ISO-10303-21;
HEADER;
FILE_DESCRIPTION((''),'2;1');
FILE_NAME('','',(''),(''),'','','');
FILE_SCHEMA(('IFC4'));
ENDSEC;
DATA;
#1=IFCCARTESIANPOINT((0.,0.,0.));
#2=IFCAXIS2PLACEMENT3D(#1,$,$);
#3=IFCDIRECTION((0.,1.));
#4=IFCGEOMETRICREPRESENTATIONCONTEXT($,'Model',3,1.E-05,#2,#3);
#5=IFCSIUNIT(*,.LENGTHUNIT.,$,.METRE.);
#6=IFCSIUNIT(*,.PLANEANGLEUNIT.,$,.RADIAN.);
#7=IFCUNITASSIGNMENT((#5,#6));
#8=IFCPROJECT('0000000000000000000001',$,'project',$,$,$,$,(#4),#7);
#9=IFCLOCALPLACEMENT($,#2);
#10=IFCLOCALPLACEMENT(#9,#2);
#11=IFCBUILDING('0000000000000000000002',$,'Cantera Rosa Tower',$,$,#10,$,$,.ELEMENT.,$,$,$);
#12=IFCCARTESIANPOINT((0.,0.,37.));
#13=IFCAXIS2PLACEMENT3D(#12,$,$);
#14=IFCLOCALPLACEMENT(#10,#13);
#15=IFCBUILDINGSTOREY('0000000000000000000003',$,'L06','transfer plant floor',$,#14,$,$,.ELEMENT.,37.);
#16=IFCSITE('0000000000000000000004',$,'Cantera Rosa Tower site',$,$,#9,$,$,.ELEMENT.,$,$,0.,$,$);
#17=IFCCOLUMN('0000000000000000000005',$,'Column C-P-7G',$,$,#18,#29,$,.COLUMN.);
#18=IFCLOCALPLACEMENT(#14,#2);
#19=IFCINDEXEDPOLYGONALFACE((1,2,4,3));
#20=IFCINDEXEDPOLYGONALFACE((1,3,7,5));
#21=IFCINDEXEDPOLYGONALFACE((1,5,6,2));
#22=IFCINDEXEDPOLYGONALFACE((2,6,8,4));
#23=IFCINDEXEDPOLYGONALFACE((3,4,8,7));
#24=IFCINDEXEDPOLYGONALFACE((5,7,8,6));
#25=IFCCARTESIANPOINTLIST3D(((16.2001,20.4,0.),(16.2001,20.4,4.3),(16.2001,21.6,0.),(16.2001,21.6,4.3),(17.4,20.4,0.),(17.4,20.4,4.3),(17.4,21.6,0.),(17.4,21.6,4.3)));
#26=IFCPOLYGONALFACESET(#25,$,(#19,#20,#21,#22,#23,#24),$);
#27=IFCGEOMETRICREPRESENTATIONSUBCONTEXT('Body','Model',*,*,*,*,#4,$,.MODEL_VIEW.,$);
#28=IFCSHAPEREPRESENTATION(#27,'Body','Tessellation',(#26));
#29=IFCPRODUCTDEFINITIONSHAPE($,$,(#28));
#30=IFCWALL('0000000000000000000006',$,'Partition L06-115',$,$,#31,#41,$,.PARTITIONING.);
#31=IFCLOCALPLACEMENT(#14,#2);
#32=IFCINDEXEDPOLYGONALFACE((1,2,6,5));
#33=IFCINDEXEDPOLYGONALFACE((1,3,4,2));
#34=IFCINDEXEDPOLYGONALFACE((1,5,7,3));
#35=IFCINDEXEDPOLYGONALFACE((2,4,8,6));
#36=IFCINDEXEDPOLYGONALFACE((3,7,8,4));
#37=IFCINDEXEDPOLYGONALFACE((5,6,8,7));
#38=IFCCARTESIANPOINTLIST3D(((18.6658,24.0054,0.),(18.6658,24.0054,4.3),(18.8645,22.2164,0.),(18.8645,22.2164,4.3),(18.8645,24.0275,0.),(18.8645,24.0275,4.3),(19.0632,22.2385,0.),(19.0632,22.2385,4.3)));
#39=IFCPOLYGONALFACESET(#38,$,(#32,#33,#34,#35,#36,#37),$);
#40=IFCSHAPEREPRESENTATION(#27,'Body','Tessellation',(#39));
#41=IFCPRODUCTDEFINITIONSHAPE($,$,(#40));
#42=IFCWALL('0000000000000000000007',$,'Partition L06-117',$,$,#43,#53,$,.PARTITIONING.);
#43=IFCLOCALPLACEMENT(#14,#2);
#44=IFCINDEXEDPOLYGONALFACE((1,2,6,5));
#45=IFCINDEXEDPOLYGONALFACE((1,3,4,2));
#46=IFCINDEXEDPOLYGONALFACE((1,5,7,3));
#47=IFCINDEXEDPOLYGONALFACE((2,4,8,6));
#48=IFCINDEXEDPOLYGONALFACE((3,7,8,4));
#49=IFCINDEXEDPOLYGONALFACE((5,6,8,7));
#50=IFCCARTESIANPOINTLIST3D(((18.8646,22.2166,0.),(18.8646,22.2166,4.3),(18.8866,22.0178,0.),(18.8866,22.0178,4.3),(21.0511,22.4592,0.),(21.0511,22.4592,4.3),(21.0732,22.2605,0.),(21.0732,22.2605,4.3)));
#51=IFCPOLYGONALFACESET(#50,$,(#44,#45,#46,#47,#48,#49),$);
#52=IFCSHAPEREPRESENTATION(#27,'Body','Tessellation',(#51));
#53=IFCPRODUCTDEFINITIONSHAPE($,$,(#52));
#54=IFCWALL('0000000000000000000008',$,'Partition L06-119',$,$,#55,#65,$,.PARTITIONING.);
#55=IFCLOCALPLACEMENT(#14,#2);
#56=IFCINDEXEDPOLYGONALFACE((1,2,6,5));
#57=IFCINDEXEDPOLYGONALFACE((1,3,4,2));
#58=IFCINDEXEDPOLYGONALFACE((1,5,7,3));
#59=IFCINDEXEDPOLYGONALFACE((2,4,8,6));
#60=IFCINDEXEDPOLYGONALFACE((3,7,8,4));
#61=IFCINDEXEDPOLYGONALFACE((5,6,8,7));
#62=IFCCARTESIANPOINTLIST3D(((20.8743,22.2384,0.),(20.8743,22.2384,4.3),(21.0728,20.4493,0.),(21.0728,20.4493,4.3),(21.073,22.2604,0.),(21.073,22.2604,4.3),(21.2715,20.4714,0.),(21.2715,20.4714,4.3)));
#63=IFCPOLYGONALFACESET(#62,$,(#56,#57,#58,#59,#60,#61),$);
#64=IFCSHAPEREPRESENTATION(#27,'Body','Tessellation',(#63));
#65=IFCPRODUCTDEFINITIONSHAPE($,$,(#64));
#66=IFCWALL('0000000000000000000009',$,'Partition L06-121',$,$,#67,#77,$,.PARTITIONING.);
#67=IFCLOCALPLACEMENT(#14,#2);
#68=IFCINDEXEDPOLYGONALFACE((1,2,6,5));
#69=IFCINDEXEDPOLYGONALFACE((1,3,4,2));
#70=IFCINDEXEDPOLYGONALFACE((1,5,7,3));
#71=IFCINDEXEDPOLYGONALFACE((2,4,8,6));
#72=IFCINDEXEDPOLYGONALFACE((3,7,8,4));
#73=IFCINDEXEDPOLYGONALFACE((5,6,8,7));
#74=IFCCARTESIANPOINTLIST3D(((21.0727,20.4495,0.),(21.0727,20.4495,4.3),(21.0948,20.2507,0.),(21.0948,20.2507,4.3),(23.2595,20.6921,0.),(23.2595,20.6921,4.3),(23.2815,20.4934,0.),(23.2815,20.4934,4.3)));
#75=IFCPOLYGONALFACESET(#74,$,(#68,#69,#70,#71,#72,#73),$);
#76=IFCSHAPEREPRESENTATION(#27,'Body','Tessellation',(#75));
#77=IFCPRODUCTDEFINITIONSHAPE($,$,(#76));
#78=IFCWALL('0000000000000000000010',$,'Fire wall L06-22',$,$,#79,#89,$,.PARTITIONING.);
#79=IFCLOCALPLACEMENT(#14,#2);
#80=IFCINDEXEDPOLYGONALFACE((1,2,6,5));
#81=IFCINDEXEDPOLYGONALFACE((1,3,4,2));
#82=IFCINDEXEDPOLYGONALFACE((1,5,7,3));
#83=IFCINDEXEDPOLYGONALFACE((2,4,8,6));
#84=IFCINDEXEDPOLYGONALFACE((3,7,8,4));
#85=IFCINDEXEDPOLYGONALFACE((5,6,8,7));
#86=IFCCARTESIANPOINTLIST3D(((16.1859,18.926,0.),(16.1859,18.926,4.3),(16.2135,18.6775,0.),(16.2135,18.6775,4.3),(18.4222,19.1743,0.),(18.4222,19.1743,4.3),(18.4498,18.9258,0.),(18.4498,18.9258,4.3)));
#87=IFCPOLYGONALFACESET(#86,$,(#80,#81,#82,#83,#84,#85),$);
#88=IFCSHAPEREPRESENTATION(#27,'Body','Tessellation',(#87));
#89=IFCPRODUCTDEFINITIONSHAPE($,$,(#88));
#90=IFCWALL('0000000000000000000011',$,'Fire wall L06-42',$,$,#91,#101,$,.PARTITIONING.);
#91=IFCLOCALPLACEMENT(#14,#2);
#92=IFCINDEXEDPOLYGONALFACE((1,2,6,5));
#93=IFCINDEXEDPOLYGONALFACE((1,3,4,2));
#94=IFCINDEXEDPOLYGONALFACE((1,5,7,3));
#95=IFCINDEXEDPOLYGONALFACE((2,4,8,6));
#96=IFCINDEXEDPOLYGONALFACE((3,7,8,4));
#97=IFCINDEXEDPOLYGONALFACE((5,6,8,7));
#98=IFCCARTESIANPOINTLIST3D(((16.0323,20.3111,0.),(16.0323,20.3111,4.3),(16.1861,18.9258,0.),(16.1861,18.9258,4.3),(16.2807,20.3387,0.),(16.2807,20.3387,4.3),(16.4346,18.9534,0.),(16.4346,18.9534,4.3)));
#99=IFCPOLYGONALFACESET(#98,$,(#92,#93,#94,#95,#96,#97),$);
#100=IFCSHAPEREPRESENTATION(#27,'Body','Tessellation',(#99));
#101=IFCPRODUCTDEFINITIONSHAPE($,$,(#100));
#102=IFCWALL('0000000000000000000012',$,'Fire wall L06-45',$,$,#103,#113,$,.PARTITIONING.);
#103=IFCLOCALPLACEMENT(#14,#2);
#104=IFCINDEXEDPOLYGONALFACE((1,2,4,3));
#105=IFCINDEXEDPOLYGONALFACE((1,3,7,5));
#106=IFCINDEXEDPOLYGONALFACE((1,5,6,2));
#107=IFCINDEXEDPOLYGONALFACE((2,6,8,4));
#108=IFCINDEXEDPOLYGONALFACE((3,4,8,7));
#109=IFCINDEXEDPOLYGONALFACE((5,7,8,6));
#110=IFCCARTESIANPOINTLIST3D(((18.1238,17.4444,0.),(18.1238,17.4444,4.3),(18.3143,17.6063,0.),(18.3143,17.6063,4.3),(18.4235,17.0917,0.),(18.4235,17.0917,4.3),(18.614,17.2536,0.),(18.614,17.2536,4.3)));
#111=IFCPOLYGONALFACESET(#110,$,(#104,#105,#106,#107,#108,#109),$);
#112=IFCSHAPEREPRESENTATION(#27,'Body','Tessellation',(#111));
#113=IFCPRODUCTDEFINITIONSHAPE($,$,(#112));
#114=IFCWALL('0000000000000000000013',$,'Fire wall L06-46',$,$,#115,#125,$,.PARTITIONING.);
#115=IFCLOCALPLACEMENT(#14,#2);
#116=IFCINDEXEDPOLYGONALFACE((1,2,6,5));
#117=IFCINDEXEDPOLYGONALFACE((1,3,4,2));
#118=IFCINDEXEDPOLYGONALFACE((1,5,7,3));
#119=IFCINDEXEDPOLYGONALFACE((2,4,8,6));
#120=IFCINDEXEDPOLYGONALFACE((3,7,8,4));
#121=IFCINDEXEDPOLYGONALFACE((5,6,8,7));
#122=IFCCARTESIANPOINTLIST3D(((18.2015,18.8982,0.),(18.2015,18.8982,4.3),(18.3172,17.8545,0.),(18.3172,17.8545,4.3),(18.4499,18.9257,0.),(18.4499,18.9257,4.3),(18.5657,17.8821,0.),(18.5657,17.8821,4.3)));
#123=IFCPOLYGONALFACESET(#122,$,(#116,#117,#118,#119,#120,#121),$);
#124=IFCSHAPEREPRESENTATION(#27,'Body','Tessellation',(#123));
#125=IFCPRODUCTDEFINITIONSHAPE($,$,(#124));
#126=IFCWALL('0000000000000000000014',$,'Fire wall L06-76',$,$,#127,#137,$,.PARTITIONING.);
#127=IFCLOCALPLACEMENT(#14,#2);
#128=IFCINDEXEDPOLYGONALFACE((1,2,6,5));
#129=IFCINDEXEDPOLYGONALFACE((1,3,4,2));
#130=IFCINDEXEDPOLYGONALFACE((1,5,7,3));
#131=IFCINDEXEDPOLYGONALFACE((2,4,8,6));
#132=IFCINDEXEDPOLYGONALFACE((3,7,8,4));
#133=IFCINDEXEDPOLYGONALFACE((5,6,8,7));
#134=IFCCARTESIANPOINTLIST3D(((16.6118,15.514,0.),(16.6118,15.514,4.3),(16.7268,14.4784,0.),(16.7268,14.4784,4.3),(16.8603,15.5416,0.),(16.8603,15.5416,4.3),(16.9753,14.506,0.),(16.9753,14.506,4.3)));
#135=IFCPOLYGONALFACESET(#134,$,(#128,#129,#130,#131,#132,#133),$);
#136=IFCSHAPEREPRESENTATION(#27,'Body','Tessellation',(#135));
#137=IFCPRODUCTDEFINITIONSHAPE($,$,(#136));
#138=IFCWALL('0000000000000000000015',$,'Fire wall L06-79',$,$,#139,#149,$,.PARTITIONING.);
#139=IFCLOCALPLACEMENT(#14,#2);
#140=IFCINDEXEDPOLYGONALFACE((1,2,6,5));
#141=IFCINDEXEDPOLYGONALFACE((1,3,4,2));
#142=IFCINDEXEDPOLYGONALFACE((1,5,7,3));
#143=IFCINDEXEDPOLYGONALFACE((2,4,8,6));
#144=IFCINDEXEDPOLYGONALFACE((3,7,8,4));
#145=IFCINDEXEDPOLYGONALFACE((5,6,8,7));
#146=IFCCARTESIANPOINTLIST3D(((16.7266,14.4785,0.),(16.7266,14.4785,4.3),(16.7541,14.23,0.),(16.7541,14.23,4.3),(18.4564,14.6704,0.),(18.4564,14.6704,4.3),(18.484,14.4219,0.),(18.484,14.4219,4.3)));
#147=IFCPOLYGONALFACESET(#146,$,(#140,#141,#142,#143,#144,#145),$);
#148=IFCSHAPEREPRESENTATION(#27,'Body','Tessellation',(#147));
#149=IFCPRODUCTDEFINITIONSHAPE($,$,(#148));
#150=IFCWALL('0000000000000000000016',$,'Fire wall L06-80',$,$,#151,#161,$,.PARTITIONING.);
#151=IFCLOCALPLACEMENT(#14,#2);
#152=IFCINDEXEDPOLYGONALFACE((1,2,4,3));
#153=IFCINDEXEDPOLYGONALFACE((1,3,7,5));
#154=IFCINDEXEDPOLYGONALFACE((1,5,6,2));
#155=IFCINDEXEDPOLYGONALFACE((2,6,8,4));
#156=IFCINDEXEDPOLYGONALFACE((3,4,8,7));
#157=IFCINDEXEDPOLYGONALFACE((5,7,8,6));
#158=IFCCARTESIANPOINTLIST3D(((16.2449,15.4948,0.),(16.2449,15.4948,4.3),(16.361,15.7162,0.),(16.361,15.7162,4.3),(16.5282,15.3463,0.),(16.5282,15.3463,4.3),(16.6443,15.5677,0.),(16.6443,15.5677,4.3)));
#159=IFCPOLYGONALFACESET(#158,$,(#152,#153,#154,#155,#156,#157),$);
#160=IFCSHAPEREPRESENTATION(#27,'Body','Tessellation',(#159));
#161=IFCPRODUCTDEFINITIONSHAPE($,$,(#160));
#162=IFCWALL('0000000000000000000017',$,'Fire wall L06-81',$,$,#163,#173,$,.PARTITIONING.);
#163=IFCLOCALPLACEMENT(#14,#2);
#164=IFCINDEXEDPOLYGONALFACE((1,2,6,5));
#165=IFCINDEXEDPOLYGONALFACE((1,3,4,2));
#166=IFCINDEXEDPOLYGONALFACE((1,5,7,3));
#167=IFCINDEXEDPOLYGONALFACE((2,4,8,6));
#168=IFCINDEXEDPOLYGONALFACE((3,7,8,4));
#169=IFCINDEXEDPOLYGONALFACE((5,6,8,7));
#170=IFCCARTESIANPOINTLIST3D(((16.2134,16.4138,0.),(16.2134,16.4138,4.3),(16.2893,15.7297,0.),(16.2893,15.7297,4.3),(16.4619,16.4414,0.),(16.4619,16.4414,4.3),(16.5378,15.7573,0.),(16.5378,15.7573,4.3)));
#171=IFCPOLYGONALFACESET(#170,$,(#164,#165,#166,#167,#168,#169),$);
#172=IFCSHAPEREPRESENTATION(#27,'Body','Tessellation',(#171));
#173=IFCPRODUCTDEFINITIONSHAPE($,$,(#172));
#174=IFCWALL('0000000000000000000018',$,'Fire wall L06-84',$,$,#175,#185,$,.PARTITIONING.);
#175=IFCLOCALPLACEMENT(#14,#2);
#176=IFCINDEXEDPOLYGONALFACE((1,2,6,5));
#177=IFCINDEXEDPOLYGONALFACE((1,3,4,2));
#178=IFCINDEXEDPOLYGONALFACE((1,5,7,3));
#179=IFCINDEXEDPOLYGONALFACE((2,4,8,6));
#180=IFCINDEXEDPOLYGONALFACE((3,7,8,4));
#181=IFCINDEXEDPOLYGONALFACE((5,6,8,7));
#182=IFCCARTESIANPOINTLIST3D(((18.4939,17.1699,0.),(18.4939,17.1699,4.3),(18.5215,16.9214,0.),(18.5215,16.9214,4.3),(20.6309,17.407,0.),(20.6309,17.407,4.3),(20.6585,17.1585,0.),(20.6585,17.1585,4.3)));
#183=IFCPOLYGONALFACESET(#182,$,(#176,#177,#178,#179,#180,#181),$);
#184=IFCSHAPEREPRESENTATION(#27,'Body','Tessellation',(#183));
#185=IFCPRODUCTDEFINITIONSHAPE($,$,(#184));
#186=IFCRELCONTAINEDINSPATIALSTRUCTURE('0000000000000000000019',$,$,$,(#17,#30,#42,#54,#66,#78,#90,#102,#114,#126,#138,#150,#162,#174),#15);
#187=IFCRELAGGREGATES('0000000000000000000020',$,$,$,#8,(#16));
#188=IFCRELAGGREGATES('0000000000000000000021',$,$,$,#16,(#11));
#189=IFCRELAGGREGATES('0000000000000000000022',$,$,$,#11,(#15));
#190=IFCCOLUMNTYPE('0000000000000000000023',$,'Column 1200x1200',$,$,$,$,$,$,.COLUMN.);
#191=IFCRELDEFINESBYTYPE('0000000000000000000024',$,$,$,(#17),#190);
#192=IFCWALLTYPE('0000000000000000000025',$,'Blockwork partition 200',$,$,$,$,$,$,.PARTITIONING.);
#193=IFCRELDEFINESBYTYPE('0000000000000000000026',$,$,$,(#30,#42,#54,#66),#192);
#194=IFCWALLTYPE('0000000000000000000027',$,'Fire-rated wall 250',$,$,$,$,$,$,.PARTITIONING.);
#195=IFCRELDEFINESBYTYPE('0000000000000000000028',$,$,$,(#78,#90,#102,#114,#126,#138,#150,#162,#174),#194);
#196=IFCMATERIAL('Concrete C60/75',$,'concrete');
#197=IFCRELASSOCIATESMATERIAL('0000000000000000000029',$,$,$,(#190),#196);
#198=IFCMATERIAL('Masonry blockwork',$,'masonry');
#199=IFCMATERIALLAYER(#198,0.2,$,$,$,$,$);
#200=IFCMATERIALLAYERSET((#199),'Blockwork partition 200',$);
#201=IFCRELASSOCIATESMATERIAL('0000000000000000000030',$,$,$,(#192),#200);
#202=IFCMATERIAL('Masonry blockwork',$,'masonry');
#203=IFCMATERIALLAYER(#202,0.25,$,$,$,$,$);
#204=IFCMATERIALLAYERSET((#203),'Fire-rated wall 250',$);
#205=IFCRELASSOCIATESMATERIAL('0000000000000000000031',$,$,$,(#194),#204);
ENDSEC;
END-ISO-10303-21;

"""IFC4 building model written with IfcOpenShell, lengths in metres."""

from ifc_helpers import new_model, si_unit, direction, frame, frame_2d, origin, origin_2d, place, context, subcontext, project, spatial, rectangle, extrude, material, layer, layer_set, material_profile, profile_set, type_object, element, save


model = new_model("IFC4")

# Units and contexts
model_context = context("Model", 3, precision=1e-05, world=origin(), true_north=direction((0.0, 1.0)))
body_context = subcontext(model_context, "Body", "Model", "MODEL_VIEW")
ifc_project = project(units=[si_unit("LENGTHUNIT", "METRE"), si_unit("PLANEANGLEUNIT", "RADIAN")], contexts=[model_context])

# Site, building, storey
site_placement = place(None, origin())
site = spatial("IfcSite", under=ifc_project, at=site_placement, Name="Cantera Rosa Tower site", CompositionType="ELEMENT", RefElevation=0.0)
building_placement = place(site_placement, origin())
building = spatial("IfcBuilding", under=site, at=building_placement, Name="Cantera Rosa Tower", CompositionType="ELEMENT")
storey_placement = place(building_placement, frame((0.0, 0.0, 37.0)))
storey = spatial("IfcBuildingStorey", under=building, at=storey_placement, Name="L06", Description="transfer plant floor", CompositionType="ELEMENT", Elevation=37.0)

# Column
ifc_material_1 = material(Name="Concrete C60/75", Category="concrete")
ifc_material_profile = material_profile(ifc_material_1, rectangle(XDim=1.2, YDim=1.2, at=origin_2d()), Name="Column 1200x1200")
ifc_profile_set = profile_set([ifc_material_profile], Name="Concrete C60/75")
column_type = type_object("IfcColumnType", Name="Column 1200x1200", PredefinedType="COLUMN", material=ifc_profile_set)
column_placement = place(storey_placement, frame((16.8, 21.0, 0.0), z_axis=(0.0, 0.0, 1.0), x_axis=(1.0, 0.0, 0.0)))
element("IfcColumn", 1, at=column_placement, inside=storey, type_object=column_type, Name="Column C-P-7G", PredefinedType="COLUMN", context=body_context, shape_type="SweptSolid", body=[
    extrude(rectangle(XDim=1.2, YDim=1.2, at=origin_2d()), origin(), (0.0, 0.0, 1.0), 4.3),
])

# Walls
ifc_material_2 = material(Name="Masonry blockwork", Category="masonry")
ifc_layer_1 = layer(ifc_material_2, 0.2)
ifc_layer_set_1 = layer_set([ifc_layer_1], Name="Blockwork partition 200")
wall_type_1 = type_object("IfcWallType", Name="Blockwork partition 200", PredefinedType="PARTITIONING", material=ifc_layer_set_1)
wall_1_placement = place(storey_placement, frame((18.9639, 22.2275, 0.0), z_axis=(0.0, 0.0, 1.0), x_axis=(-0.110402, 0.993887, 0.0)))
element("IfcWall", 2, at=wall_1_placement, inside=storey, type_object=wall_type_1, Name="Partition L06-115", PredefinedType="PARTITIONING", context=body_context, shape_type="SweptSolid", body=[
    extrude(rectangle(XDim=1.8, YDim=0.2, at=frame_2d((0.8999, 0.0))), origin(), (0.0, 0.0, 1.0), 4.3),
])
wall_2_placement = place(storey_placement, frame((18.8755, 22.1172, 0.0), z_axis=(0.0, 0.0, 1.0), x_axis=(0.993897, 0.11031, 0.0)))
element("IfcWall", 3, at=wall_2_placement, inside=storey, type_object=wall_type_1, Name="Partition L06-117", PredefinedType="PARTITIONING", context=body_context, shape_type="SweptSolid", body=[
    extrude(rectangle(XDim=2.2, YDim=0.2, at=frame_2d((1.1001, 0.0))), origin(), (0.0, 0.0, 1.0), 4.3),
])
wall_3_placement = place(storey_placement, frame((21.1721, 20.4604, 0.0), z_axis=(0.0, 0.0, 1.0), x_axis=(-0.110268, 0.993902, 0.0)))
element("IfcWall", 4, at=wall_3_placement, inside=storey, type_object=wall_type_1, Name="Partition L06-119", PredefinedType="PARTITIONING", context=body_context, shape_type="SweptSolid", body=[
    extrude(rectangle(XDim=1.8, YDim=0.2, at=frame_2d((0.8999, 0.0))), origin(), (0.0, 0.0, 1.0), 4.3),
])
wall_4_placement = place(storey_placement, frame((21.0837, 20.3501, 0.0), z_axis=(0.0, 0.0, 1.0), x_axis=(0.993899, 0.110298, 0.0)))
element("IfcWall", 5, at=wall_4_placement, inside=storey, type_object=wall_type_1, Name="Partition L06-121", PredefinedType="PARTITIONING", context=body_context, shape_type="SweptSolid", body=[
    extrude(rectangle(XDim=2.2002, YDim=0.2, at=frame_2d((1.1001, 0.0))), origin(), (0.0, 0.0, 1.0), 4.3),
])
ifc_material_3 = material(Name="Masonry blockwork", Category="masonry")
ifc_layer_2 = layer(ifc_material_3, 0.25)
ifc_layer_set_2 = layer_set([ifc_layer_2], Name="Fire-rated wall 250")
wall_type_2 = type_object("IfcWallType", Name="Fire-rated wall 250", PredefinedType="PARTITIONING", material=ifc_layer_set_2)
wall_5_placement = place(storey_placement, frame((16.1997, 18.8018, 0.0), z_axis=(0.0, 0.0, 1.0), x_axis=(0.993893, 0.110348, 0.0)))
element("IfcWall", 6, at=wall_5_placement, inside=storey, type_object=wall_type_2, Name="Fire wall L06-22", PredefinedType="PARTITIONING", context=body_context, shape_type="SweptSolid", body=[
    extrude(rectangle(XDim=2.25, YDim=0.25, at=frame_2d((1.125, 0.0))), origin(), (0.0, 0.0, 1.0), 4.3),
])
wall_6_placement = place(storey_placement, frame((16.3103, 18.9397, 0.0), z_axis=(0.0, 0.0, 1.0), x_axis=(-0.110355, 0.993892, 0.0)))
element("IfcWall", 7, at=wall_6_placement, inside=storey, type_object=wall_type_2, Name="Fire wall L06-42", PredefinedType="PARTITIONING", context=body_context, shape_type="SweptSolid", body=[
    extrude(rectangle(XDim=1.3938, YDim=0.25, at=frame_2d((0.6968, 0.0))), origin(), (0.0, 0.0, 1.0), 4.3),
])
wall_7_placement = place(storey_placement, frame((18.5188, 17.1726, 0.0), z_axis=(0.0, 0.0, 1.0), x_axis=(-0.647572, 0.762004, 0.0)))
element("IfcWall", 8, at=wall_7_placement, inside=storey, type_object=wall_type_2, Name="Fire wall L06-45", PredefinedType="PARTITIONING", context=body_context, shape_type="SweptSolid", body=[
    extrude(rectangle(XDim=0.4629, YDim=0.25, at=frame_2d((0.2314, 0.0))), origin(), (0.0, 0.0, 1.0), 4.3),
])
wall_8_placement = place(storey_placement, frame((18.4414, 17.8684, 0.0), z_axis=(0.0, 0.0, 1.0), x_axis=(-0.110202, 0.993909, 0.0)))
element("IfcWall", 9, at=wall_8_placement, inside=storey, type_object=wall_type_2, Name="Fire wall L06-46", PredefinedType="PARTITIONING", context=body_context, shape_type="SweptSolid", body=[
    extrude(rectangle(XDim=1.05, YDim=0.25, at=frame_2d((0.5249, 0.0))), origin(), (0.0, 0.0, 1.0), 4.3),
])
wall_9_placement = place(storey_placement, frame((16.8511, 14.4922, 0.0), z_axis=(0.0, 0.0, 1.0), x_axis=(-0.110354, 0.993892, 0.0)))
element("IfcWall", 10, at=wall_9_placement, inside=storey, type_object=wall_type_2, Name="Fire wall L06-76", PredefinedType="PARTITIONING", context=body_context, shape_type="SweptSolid", body=[
    extrude(rectangle(XDim=1.042, YDim=0.25, at=frame_2d((0.521, 0.0))), origin(), (0.0, 0.0, 1.0), 4.3),
])
wall_10_placement = place(storey_placement, frame((16.7405, 14.3542, 0.0), z_axis=(0.0, 0.0, 1.0), x_axis=(0.993904, 0.110247, 0.0)))
element("IfcWall", 11, at=wall_10_placement, inside=storey, type_object=wall_type_2, Name="Fire wall L06-79", PredefinedType="PARTITIONING", context=body_context, shape_type="SweptSolid", body=[
    extrude(rectangle(XDim=1.7405, YDim=0.25, at=frame_2d((0.8701, 0.0))), origin(), (0.0, 0.0, 1.0), 4.3),
])
wall_11_placement = place(storey_placement, frame((16.303, 15.6055, 0.0), z_axis=(0.0, 0.0, 1.0), x_axis=(0.885712, -0.464235, 0.0)))
element("IfcWall", 12, at=wall_11_placement, inside=storey, type_object=wall_type_2, Name="Fire wall L06-80", PredefinedType="PARTITIONING", context=body_context, shape_type="SweptSolid", body=[
    extrude(rectangle(XDim=0.3198, YDim=0.25, at=frame_2d((0.1599, 0.0))), origin(), (0.0, 0.0, 1.0), 4.3),
])
wall_12_placement = place(storey_placement, frame((16.4136, 15.7434, 0.0), z_axis=(0.0, 0.0, 1.0), x_axis=(-0.110315, 0.993897, 0.0)))
element("IfcWall", 13, at=wall_12_placement, inside=storey, type_object=wall_type_2, Name="Fire wall L06-81", PredefinedType="PARTITIONING", context=body_context, shape_type="SweptSolid", body=[
    extrude(rectangle(XDim=0.6882, YDim=0.25, at=frame_2d((0.3442, 0.0))), origin(), (0.0, 0.0, 1.0), 4.3),
])
wall_13_placement = place(storey_placement, frame((18.5076, 17.0457, 0.0), z_axis=(0.0, 0.0, 1.0), x_axis=(0.993903, 0.110257, 0.0)))
element("IfcWall", 14, at=wall_13_placement, inside=storey, type_object=wall_type_2, Name="Fire wall L06-84", PredefinedType="PARTITIONING", context=body_context, shape_type="SweptSolid", body=[
    extrude(rectangle(XDim=2.1501, YDim=0.25, at=frame_2d((1.0752, 0.0))), origin(), (0.0, 0.0, 1.0), 4.3),
])

save(model, "model.ifc")
